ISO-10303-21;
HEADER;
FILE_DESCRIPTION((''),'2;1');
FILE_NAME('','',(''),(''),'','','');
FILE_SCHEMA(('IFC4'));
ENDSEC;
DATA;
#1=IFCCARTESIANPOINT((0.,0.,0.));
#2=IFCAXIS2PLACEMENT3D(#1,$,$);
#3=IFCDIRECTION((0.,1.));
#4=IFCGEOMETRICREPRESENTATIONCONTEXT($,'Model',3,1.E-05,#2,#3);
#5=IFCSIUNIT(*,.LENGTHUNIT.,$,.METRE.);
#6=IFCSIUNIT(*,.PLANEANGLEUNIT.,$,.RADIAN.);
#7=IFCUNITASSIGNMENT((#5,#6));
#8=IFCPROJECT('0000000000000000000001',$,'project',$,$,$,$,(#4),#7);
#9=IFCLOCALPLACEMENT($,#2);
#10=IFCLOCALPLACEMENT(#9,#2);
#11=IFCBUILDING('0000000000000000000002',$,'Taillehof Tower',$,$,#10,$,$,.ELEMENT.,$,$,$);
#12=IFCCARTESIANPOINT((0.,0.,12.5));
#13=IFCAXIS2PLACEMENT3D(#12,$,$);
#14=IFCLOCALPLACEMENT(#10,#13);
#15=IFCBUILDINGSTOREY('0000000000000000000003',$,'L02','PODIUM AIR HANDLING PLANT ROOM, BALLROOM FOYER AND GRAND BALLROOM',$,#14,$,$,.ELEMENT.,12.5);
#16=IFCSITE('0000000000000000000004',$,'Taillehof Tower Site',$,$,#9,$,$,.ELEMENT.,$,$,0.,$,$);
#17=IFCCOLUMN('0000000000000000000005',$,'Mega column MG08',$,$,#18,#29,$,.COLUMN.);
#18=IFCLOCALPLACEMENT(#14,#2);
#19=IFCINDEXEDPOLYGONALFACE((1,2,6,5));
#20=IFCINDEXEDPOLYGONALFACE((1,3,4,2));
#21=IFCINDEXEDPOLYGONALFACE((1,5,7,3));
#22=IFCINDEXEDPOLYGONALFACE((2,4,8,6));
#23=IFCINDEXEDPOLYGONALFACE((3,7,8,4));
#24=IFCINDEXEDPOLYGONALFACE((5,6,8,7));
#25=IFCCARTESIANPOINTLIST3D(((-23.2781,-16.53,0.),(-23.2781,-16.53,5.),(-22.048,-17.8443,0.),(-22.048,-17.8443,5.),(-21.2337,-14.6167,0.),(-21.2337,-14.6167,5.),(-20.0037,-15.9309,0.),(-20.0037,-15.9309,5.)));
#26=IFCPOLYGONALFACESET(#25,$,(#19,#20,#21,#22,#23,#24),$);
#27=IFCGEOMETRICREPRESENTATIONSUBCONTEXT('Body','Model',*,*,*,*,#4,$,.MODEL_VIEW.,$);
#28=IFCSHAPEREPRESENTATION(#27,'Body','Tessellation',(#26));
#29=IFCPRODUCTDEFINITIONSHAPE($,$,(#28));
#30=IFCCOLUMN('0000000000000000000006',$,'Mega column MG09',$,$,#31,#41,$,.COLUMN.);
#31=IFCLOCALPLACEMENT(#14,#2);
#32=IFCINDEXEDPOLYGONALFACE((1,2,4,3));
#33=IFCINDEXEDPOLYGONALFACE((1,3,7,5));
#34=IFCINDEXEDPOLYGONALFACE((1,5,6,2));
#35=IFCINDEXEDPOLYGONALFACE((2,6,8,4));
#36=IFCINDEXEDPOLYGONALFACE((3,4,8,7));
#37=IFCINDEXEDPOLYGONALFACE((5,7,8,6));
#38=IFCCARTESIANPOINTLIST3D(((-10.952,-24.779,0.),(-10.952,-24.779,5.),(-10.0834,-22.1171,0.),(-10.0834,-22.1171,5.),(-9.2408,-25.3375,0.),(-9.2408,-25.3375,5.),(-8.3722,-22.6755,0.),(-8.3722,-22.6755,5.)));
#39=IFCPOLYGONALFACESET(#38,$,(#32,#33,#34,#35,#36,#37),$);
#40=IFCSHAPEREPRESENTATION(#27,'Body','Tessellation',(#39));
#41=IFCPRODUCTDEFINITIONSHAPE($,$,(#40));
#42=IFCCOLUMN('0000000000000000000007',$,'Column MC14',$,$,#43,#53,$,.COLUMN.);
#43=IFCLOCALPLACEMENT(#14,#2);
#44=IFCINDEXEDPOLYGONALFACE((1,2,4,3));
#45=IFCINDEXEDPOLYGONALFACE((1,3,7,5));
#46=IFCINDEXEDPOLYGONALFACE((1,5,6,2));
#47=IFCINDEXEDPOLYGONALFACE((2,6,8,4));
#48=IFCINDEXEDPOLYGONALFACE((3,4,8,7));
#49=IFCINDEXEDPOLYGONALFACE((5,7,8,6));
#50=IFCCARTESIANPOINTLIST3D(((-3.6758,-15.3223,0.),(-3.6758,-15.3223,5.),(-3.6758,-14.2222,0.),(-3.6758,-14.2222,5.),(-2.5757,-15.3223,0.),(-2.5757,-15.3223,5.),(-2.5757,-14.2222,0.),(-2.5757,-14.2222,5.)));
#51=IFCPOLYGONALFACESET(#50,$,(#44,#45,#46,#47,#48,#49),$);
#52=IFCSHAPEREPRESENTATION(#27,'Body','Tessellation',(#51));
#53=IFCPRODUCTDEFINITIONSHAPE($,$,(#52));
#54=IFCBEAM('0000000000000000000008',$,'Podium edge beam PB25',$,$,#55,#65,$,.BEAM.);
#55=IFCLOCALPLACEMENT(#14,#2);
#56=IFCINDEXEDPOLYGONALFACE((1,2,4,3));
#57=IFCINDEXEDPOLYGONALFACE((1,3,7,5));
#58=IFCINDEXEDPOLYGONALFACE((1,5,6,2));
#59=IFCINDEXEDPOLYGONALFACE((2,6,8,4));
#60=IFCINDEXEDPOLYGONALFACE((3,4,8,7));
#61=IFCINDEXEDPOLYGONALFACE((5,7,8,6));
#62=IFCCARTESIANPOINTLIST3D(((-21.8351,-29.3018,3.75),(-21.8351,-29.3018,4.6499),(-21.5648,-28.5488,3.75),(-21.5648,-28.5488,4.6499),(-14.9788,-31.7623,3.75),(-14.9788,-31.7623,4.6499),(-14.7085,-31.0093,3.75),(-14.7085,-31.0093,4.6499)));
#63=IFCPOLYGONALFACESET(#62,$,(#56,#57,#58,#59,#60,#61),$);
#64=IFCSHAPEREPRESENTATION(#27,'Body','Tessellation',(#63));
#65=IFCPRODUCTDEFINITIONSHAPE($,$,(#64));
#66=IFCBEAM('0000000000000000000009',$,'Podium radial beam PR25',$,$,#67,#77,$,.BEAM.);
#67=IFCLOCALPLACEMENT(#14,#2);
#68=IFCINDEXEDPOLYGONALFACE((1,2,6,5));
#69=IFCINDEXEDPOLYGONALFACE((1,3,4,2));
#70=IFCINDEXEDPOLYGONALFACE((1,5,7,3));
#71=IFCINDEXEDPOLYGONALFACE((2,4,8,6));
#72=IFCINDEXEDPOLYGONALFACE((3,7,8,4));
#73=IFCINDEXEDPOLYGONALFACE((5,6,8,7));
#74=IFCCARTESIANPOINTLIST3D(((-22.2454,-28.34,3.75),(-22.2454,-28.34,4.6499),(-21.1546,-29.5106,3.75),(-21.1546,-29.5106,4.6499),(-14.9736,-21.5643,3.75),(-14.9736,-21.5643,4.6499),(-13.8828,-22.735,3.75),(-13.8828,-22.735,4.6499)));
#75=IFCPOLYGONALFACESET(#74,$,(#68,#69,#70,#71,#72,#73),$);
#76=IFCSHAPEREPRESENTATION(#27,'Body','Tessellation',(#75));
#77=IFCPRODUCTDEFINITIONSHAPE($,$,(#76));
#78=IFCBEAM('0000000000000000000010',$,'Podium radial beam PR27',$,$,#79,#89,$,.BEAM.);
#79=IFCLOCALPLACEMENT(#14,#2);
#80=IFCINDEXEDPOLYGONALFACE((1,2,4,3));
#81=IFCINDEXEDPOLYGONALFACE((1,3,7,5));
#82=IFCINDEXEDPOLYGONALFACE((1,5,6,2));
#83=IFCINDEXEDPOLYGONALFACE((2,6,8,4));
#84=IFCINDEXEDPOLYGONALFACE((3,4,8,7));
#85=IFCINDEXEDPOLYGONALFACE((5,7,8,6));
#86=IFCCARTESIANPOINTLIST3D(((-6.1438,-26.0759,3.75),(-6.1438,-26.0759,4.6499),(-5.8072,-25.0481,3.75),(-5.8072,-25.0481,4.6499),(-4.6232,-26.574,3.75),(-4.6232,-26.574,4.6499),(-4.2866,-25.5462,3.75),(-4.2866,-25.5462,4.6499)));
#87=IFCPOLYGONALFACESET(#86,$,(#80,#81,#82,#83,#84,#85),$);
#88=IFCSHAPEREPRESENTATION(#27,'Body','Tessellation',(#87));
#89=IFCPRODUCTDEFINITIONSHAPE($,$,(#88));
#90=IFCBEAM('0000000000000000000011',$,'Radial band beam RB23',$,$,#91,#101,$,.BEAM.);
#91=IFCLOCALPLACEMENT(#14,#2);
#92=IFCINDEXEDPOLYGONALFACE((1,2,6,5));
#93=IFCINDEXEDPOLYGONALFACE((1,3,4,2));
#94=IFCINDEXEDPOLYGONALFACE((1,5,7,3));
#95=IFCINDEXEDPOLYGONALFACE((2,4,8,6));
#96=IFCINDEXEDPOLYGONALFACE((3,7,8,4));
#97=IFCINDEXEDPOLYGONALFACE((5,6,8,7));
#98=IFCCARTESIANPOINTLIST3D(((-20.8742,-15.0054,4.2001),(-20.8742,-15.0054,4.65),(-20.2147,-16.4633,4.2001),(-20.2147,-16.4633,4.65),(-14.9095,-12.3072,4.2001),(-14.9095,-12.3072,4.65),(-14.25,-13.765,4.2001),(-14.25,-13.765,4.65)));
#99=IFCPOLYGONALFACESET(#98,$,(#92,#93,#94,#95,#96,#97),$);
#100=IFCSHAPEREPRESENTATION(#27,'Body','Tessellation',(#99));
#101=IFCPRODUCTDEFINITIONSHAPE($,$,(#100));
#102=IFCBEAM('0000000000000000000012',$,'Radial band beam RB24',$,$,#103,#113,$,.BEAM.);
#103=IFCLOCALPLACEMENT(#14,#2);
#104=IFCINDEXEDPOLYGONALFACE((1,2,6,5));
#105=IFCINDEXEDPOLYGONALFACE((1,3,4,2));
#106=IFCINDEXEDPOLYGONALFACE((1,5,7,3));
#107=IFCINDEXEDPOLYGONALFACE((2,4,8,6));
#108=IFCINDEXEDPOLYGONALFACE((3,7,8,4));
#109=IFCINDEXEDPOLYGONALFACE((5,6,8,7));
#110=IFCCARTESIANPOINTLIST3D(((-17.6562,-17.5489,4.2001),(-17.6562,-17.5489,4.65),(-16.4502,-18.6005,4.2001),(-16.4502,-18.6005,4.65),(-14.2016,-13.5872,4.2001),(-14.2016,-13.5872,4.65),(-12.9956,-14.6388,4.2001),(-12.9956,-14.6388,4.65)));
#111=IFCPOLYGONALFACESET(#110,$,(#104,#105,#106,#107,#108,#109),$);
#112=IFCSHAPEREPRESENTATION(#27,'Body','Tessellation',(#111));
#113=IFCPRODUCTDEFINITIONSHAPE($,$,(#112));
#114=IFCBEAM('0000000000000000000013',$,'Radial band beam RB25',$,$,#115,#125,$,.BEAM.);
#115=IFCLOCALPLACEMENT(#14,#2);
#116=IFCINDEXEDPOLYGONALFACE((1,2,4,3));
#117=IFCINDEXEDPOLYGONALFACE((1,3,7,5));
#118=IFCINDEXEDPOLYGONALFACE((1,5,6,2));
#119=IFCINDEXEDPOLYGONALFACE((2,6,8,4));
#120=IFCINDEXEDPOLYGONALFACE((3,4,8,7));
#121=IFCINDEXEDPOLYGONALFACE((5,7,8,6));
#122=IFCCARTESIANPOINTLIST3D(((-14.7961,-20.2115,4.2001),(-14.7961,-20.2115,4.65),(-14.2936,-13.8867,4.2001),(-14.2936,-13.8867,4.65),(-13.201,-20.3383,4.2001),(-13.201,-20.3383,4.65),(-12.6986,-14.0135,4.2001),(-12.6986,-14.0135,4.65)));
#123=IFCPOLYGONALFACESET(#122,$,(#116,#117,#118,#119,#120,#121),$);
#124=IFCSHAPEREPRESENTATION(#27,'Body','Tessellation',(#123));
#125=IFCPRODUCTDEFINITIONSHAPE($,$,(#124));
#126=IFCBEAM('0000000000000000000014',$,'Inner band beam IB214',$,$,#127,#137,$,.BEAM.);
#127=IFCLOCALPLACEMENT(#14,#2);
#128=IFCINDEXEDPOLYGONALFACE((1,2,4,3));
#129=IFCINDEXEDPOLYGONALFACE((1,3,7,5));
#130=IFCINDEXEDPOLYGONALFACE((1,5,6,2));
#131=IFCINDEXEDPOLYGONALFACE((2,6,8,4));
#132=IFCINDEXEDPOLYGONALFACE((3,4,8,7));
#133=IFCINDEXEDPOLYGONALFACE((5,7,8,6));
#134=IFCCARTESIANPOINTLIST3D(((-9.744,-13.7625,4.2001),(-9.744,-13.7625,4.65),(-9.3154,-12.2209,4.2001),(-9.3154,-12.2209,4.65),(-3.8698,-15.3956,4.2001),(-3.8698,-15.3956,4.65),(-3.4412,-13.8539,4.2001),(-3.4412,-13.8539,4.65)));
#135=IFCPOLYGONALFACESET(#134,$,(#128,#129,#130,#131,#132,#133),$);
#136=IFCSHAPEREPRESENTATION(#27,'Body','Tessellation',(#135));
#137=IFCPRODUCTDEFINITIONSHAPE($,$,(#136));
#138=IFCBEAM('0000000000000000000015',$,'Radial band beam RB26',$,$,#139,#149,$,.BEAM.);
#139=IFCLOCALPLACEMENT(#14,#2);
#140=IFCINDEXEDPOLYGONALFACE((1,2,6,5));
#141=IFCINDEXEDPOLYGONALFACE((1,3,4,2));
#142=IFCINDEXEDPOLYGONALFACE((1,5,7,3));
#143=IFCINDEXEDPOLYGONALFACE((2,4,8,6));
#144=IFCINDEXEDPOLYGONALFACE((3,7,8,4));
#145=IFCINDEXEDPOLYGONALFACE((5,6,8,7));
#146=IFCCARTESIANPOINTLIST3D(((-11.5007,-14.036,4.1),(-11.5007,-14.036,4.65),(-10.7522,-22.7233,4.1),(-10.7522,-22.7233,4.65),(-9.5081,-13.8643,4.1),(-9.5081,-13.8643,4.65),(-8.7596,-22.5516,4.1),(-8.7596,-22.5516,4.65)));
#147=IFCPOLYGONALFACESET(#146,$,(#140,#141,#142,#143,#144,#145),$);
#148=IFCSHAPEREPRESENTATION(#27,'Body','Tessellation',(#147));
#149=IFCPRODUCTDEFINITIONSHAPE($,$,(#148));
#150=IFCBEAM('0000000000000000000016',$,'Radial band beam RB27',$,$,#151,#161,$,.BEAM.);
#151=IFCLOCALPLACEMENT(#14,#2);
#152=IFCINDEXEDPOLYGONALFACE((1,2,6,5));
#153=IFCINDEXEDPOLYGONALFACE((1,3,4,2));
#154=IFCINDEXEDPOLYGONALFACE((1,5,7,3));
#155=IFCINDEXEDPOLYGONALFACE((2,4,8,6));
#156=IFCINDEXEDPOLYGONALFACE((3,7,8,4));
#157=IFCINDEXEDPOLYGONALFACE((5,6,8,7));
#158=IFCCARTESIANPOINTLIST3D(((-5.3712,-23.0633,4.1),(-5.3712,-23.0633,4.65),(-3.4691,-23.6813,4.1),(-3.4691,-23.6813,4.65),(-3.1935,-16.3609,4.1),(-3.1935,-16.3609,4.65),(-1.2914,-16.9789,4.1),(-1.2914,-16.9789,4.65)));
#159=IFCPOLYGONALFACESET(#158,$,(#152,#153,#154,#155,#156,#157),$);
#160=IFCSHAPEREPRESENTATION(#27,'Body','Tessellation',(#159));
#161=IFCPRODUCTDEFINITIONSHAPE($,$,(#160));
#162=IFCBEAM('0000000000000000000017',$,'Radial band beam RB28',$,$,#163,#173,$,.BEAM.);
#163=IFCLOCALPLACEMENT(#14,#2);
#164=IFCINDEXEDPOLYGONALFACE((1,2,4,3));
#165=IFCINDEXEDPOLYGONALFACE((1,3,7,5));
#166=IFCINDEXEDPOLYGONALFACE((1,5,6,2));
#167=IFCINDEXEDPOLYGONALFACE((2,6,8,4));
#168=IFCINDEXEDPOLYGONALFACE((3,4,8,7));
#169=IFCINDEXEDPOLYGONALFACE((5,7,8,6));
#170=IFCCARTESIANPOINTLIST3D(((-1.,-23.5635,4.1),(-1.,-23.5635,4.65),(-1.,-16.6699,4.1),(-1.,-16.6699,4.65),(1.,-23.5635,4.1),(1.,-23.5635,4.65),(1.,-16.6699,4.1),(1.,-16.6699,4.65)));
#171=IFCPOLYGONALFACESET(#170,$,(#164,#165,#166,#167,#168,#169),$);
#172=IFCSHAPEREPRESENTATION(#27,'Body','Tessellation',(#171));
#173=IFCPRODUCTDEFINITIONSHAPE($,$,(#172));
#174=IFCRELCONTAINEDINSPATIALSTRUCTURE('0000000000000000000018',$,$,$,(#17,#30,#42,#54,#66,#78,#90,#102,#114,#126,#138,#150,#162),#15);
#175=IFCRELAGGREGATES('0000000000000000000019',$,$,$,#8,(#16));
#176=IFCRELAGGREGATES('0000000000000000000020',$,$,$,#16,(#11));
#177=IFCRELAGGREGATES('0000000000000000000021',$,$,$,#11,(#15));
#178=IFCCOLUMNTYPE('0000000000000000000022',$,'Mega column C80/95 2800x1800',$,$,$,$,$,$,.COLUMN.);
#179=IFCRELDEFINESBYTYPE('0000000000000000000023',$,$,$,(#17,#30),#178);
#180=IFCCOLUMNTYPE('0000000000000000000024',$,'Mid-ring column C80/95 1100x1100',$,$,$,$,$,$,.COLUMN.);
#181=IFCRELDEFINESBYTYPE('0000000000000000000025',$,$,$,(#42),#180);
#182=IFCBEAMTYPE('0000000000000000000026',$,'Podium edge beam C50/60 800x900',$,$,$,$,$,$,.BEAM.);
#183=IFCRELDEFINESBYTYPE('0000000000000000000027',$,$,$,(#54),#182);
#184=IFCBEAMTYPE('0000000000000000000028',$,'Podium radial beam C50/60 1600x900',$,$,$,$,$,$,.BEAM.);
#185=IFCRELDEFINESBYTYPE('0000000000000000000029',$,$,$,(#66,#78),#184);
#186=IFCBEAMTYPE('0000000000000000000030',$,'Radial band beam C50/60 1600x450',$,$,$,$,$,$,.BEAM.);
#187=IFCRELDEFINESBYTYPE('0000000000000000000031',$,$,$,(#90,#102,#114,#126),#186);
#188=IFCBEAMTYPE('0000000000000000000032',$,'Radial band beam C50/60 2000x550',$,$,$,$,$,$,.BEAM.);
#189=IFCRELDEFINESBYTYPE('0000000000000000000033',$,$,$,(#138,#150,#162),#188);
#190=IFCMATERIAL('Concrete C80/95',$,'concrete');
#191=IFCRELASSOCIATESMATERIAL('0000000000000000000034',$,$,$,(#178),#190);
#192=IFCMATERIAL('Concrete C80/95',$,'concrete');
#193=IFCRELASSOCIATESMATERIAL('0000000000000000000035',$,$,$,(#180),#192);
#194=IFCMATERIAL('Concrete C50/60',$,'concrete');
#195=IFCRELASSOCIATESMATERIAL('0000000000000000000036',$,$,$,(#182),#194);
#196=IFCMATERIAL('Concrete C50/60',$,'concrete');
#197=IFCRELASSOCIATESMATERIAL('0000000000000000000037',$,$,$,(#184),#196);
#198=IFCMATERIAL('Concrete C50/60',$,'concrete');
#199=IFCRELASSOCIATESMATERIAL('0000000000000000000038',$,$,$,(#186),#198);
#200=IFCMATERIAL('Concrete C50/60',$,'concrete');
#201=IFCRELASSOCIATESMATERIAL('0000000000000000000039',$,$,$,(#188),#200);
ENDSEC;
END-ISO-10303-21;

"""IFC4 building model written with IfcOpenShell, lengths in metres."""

from ifc_helpers import new_model, si_unit, direction, frame, origin, origin_2d, place, context, subcontext, project, spatial, rectangle, extrude, material, material_profile, profile_set, type_object, element, save


model = new_model("IFC4")

# Units and contexts
model_context = context("Model", 3, precision=1e-05, world=origin(), true_north=direction((0.0, 1.0)))
body_context = subcontext(model_context, "Body", "Model", "MODEL_VIEW")
ifc_project = project(units=[si_unit("LENGTHUNIT", "METRE"), si_unit("PLANEANGLEUNIT", "RADIAN")], contexts=[model_context])

# Site, building, storey
site_placement = place(None, origin())
site = spatial("IfcSite", under=ifc_project, at=site_placement, Name="Taillehof Tower Site", CompositionType="ELEMENT", RefElevation=0.0)
building_placement = place(site_placement, origin())
building = spatial("IfcBuilding", under=site, at=building_placement, Name="Taillehof Tower", CompositionType="ELEMENT")
storey_placement = place(building_placement, frame((0.0, 0.0, 12.5)))
storey = spatial("IfcBuildingStorey", under=building, at=storey_placement, Name="L02", Description="PODIUM AIR HANDLING PLANT ROOM, BALLROOM FOYER AND GRAND BALLROOM", CompositionType="ELEMENT", Elevation=12.5)

# Columns
ifc_material_1 = material(Name="Concrete C80/95", Category="concrete")
ifc_material_profile_1 = material_profile(ifc_material_1, rectangle(XDim=2.8, YDim=1.8, at=origin_2d()), Name="RC 2800x1800")
ifc_profile_set_1 = profile_set([ifc_material_profile_1], Name="Concrete C80/95")
column_type_1 = type_object("IfcColumnType", Name="Mega column C80/95 2800x1800", PredefinedType="COLUMN", material=ifc_profile_set_1)
for number, where, z_axis, x_axis, name in (
    (1, (-21.6409, -16.2305, 0.0), (0.0, 0.0, 1.0), (-0.730113, -0.683326, 0.0), "Mega column MG08"),
    (2, (-9.6621, -23.7273, 0.0), (0.0, 0.0, 1.0), (-0.310219, -0.950665, 0.0), "Mega column MG09"),
):
    element("IfcColumn", number, at=place(storey_placement, frame(where, z_axis=z_axis, x_axis=x_axis)), inside=storey, type_object=column_type_1, Name=name, PredefinedType="COLUMN", context=body_context, shape_type="SweptSolid", body=[
        extrude(rectangle(XDim=2.8, YDim=1.8, at=origin_2d()), origin(), (0.0, 0.0, 1.0), 5.0),
    ])
ifc_material_2 = material(Name="Concrete C80/95", Category="concrete")
ifc_material_profile_2 = material_profile(ifc_material_2, rectangle(XDim=1.1001, YDim=1.1001, at=origin_2d()), Name="RC 1100x1100")
ifc_profile_set_2 = profile_set([ifc_material_profile_2], Name="Concrete C80/95")
column_type_2 = type_object("IfcColumnType", Name="Mid-ring column C80/95 1100x1100", PredefinedType="COLUMN", material=ifc_profile_set_2)
column_placement = place(storey_placement, frame((-3.1257, -14.7722, 0.0), z_axis=(0.0, 0.0, 1.0), x_axis=(1.0, 0.0, 0.0)))
element("IfcColumn", 3, at=column_placement, inside=storey, type_object=column_type_2, Name="Column MC14", PredefinedType="COLUMN", context=body_context, shape_type="SweptSolid", body=[
    extrude(rectangle(XDim=1.1001, YDim=1.1001, at=origin_2d()), origin(), (0.0, 0.0, 1.0), 5.0),
])

# Beams
ifc_material_3 = material(Name="Concrete C50/60", Category="concrete")
ifc_material_profile_3 = material_profile(ifc_material_3, rectangle(XDim=0.8, YDim=0.8999, at=origin_2d()), Name="RC 800x900")
ifc_profile_set_3 = profile_set([ifc_material_profile_3], Name="Concrete C50/60")
beam_type_1 = type_object("IfcBeamType", Name="Podium edge beam C50/60 800x900", PredefinedType="BEAM", material=ifc_profile_set_3)
beam_1_placement = place(storey_placement, frame((-21.7, -28.9253, 4.2), z_axis=(0.941227, -0.337773, 0.0), x_axis=(0.337773, 0.941227, 0.0)))
element("IfcBeam", 4, at=beam_1_placement, inside=storey, type_object=beam_type_1, Name="Podium edge beam PB25", PredefinedType="BEAM", context=body_context, shape_type="SweptSolid", body=[
    extrude(rectangle(XDim=0.8, YDim=0.8999, at=origin_2d()), origin(), (0.0, 0.0, 1.0), 7.2844),
])
ifc_material_4 = material(Name="Concrete C50/60", Category="concrete")
ifc_material_profile_4 = material_profile(ifc_material_4, rectangle(XDim=1.6001, YDim=0.8999, at=origin_2d()), Name="RC 1600x900")
ifc_profile_set_4 = profile_set([ifc_material_profile_4], Name="Concrete C50/60")
beam_type_2 = type_object("IfcBeamType", Name="Podium radial beam C50/60 1600x900", PredefinedType="BEAM", material=ifc_profile_set_4)
beam_2_placement = place(storey_placement, frame((-21.7, -28.9253, 4.2), z_axis=(0.731623, 0.68171, 0.0), x_axis=(-0.68171, 0.731623, 0.0)))
element("IfcBeam", 5, at=beam_2_placement, inside=storey, type_object=beam_type_2, Name="Podium radial beam PR25", PredefinedType="BEAM", context=body_context, shape_type="SweptSolid", body=[
    extrude(rectangle(XDim=1.6001, YDim=0.8999, at=origin_2d()), origin(), (0.0, 0.0, 1.0), 9.9392),
])
beam_3_placement = place(storey_placement, frame((-5.3835, -26.325, 4.2), z_axis=(0.31128, 0.950318, 0.0), x_axis=(-0.950318, 0.31128, 0.0)))
element("IfcBeam", 6, at=beam_3_placement, inside=storey, type_object=beam_type_2, Name="Podium radial beam PR27", PredefinedType="BEAM", context=body_context, shape_type="SweptSolid", body=[
    extrude(rectangle(XDim=1.6001, YDim=0.8999, at=origin_2d()), origin(), (0.0, 0.0, 1.0), 1.0815),
])
ifc_material_5 = material(Name="Concrete C50/60", Category="concrete")
ifc_material_profile_5 = material_profile(ifc_material_5, rectangle(XDim=1.6001, YDim=0.45, at=origin_2d()), Name="RC 1600x450")
ifc_profile_set_5 = profile_set([ifc_material_profile_5], Name="Concrete C50/60")
beam_type_3 = type_object("IfcBeamType", Name="Radial band beam C50/60 1600x450", PredefinedType="BEAM", material=ifc_profile_set_5)
beam_4_placement = place(storey_placement, frame((-20.5444, -15.7344, 4.425), z_axis=(0.91111, 0.412164, 0.0), x_axis=(-0.412164, 0.91111, 0.0)))
element("IfcBeam", 7, at=beam_4_placement, inside=storey, type_object=beam_type_3, Name="Radial band beam RB23", PredefinedType="BEAM", context=body_context, shape_type="SweptSolid", body=[
    extrude(rectangle(XDim=1.6001, YDim=0.45, at=origin_2d()), origin(), (0.0, 0.0, 1.0), 6.5466),
])
beam_5_placement = place(storey_placement, frame((-17.0532, -18.0747, 4.425), z_axis=(0.657225, 0.753695, 0.0), x_axis=(-0.753695, 0.657225, 0.0)))
element("IfcBeam", 8, at=beam_5_placement, inside=storey, type_object=beam_type_3, Name="Radial band beam RB24", PredefinedType="BEAM", context=body_context, shape_type="SweptSolid", body=[
    extrude(rectangle(XDim=1.6001, YDim=0.45, at=origin_2d()), origin(), (0.0, 0.0, 1.0), 5.2563),
])
beam_6_placement = place(storey_placement, frame((-13.9985, -20.2749, 4.425), z_axis=(0.079192, 0.996859, 0.0), x_axis=(-0.996859, 0.079192, 0.0)))
element("IfcBeam", 9, at=beam_6_placement, inside=storey, type_object=beam_type_3, Name="Radial band beam RB25", PredefinedType="BEAM", context=body_context, shape_type="SweptSolid", body=[
    extrude(rectangle(XDim=1.6001, YDim=0.45, at=origin_2d()), origin(), (0.0, 0.0, 1.0), 6.3447),
])
beam_7_placement = place(storey_placement, frame((-3.6555, -14.6248, 4.425), z_axis=(-0.963459, 0.267855, 0.0), x_axis=(-0.267855, -0.963459, 0.0)))
element("IfcBeam", 10, at=beam_7_placement, inside=storey, type_object=beam_type_3, Name="Inner band beam IB214", PredefinedType="BEAM", context=body_context, shape_type="SweptSolid", body=[
    extrude(rectangle(XDim=1.6001, YDim=0.45, at=origin_2d()), origin(), (0.0, 0.0, 1.0), 6.0969),
])
ifc_material_6 = material(Name="Concrete C50/60", Category="concrete")
ifc_material_profile_6 = material_profile(ifc_material_6, rectangle(XDim=2.0, YDim=0.55, at=origin_2d()), Name="RC 2000x550")
ifc_profile_set_6 = profile_set([ifc_material_profile_6], Name="Concrete C50/60")
beam_type_4 = type_object("IfcBeamType", Name="Radial band beam C50/60 2000x550", PredefinedType="BEAM", material=ifc_profile_set_6)
beam_8_placement = place(storey_placement, frame((-9.7559, -22.6375, 4.375), z_axis=(-0.085847, 0.996308, 0.0), x_axis=(-0.996308, -0.085847, 0.0)))
element("IfcBeam", 11, at=beam_8_placement, inside=storey, type_object=beam_type_4, Name="Radial band beam RB26", PredefinedType="BEAM", context=body_context, shape_type="SweptSolid", body=[
    extrude(rectangle(XDim=2.0, YDim=0.55, at=origin_2d()), origin(), (0.0, 0.0, 1.0), 8.7195),
])
beam_9_placement = place(storey_placement, frame((-4.4202, -23.3723, 4.375), z_axis=(0.309016, 0.951057, 0.0), x_axis=(-0.951057, 0.309016, 0.0)))
element("IfcBeam", 12, at=beam_9_placement, inside=storey, type_object=beam_type_4, Name="Radial band beam RB27", PredefinedType="BEAM", context=body_context, shape_type="SweptSolid", body=[
    extrude(rectangle(XDim=2.0, YDim=0.55, at=origin_2d()), origin(), (0.0, 0.0, 1.0), 7.0474),
])
beam_10_placement = place(storey_placement, frame((0.0, -23.5635, 4.375), z_axis=(0.0, 1.0, 0.0), x_axis=(-1.0, 0.0, 0.0)))
element("IfcBeam", 13, at=beam_10_placement, inside=storey, type_object=beam_type_4, Name="Radial band beam RB28", PredefinedType="BEAM", context=body_context, shape_type="SweptSolid", body=[
    extrude(rectangle(XDim=2.0, YDim=0.55, at=origin_2d()), origin(), (0.0, 0.0, 1.0), 6.8936),
])

save(model, "model.ifc")
